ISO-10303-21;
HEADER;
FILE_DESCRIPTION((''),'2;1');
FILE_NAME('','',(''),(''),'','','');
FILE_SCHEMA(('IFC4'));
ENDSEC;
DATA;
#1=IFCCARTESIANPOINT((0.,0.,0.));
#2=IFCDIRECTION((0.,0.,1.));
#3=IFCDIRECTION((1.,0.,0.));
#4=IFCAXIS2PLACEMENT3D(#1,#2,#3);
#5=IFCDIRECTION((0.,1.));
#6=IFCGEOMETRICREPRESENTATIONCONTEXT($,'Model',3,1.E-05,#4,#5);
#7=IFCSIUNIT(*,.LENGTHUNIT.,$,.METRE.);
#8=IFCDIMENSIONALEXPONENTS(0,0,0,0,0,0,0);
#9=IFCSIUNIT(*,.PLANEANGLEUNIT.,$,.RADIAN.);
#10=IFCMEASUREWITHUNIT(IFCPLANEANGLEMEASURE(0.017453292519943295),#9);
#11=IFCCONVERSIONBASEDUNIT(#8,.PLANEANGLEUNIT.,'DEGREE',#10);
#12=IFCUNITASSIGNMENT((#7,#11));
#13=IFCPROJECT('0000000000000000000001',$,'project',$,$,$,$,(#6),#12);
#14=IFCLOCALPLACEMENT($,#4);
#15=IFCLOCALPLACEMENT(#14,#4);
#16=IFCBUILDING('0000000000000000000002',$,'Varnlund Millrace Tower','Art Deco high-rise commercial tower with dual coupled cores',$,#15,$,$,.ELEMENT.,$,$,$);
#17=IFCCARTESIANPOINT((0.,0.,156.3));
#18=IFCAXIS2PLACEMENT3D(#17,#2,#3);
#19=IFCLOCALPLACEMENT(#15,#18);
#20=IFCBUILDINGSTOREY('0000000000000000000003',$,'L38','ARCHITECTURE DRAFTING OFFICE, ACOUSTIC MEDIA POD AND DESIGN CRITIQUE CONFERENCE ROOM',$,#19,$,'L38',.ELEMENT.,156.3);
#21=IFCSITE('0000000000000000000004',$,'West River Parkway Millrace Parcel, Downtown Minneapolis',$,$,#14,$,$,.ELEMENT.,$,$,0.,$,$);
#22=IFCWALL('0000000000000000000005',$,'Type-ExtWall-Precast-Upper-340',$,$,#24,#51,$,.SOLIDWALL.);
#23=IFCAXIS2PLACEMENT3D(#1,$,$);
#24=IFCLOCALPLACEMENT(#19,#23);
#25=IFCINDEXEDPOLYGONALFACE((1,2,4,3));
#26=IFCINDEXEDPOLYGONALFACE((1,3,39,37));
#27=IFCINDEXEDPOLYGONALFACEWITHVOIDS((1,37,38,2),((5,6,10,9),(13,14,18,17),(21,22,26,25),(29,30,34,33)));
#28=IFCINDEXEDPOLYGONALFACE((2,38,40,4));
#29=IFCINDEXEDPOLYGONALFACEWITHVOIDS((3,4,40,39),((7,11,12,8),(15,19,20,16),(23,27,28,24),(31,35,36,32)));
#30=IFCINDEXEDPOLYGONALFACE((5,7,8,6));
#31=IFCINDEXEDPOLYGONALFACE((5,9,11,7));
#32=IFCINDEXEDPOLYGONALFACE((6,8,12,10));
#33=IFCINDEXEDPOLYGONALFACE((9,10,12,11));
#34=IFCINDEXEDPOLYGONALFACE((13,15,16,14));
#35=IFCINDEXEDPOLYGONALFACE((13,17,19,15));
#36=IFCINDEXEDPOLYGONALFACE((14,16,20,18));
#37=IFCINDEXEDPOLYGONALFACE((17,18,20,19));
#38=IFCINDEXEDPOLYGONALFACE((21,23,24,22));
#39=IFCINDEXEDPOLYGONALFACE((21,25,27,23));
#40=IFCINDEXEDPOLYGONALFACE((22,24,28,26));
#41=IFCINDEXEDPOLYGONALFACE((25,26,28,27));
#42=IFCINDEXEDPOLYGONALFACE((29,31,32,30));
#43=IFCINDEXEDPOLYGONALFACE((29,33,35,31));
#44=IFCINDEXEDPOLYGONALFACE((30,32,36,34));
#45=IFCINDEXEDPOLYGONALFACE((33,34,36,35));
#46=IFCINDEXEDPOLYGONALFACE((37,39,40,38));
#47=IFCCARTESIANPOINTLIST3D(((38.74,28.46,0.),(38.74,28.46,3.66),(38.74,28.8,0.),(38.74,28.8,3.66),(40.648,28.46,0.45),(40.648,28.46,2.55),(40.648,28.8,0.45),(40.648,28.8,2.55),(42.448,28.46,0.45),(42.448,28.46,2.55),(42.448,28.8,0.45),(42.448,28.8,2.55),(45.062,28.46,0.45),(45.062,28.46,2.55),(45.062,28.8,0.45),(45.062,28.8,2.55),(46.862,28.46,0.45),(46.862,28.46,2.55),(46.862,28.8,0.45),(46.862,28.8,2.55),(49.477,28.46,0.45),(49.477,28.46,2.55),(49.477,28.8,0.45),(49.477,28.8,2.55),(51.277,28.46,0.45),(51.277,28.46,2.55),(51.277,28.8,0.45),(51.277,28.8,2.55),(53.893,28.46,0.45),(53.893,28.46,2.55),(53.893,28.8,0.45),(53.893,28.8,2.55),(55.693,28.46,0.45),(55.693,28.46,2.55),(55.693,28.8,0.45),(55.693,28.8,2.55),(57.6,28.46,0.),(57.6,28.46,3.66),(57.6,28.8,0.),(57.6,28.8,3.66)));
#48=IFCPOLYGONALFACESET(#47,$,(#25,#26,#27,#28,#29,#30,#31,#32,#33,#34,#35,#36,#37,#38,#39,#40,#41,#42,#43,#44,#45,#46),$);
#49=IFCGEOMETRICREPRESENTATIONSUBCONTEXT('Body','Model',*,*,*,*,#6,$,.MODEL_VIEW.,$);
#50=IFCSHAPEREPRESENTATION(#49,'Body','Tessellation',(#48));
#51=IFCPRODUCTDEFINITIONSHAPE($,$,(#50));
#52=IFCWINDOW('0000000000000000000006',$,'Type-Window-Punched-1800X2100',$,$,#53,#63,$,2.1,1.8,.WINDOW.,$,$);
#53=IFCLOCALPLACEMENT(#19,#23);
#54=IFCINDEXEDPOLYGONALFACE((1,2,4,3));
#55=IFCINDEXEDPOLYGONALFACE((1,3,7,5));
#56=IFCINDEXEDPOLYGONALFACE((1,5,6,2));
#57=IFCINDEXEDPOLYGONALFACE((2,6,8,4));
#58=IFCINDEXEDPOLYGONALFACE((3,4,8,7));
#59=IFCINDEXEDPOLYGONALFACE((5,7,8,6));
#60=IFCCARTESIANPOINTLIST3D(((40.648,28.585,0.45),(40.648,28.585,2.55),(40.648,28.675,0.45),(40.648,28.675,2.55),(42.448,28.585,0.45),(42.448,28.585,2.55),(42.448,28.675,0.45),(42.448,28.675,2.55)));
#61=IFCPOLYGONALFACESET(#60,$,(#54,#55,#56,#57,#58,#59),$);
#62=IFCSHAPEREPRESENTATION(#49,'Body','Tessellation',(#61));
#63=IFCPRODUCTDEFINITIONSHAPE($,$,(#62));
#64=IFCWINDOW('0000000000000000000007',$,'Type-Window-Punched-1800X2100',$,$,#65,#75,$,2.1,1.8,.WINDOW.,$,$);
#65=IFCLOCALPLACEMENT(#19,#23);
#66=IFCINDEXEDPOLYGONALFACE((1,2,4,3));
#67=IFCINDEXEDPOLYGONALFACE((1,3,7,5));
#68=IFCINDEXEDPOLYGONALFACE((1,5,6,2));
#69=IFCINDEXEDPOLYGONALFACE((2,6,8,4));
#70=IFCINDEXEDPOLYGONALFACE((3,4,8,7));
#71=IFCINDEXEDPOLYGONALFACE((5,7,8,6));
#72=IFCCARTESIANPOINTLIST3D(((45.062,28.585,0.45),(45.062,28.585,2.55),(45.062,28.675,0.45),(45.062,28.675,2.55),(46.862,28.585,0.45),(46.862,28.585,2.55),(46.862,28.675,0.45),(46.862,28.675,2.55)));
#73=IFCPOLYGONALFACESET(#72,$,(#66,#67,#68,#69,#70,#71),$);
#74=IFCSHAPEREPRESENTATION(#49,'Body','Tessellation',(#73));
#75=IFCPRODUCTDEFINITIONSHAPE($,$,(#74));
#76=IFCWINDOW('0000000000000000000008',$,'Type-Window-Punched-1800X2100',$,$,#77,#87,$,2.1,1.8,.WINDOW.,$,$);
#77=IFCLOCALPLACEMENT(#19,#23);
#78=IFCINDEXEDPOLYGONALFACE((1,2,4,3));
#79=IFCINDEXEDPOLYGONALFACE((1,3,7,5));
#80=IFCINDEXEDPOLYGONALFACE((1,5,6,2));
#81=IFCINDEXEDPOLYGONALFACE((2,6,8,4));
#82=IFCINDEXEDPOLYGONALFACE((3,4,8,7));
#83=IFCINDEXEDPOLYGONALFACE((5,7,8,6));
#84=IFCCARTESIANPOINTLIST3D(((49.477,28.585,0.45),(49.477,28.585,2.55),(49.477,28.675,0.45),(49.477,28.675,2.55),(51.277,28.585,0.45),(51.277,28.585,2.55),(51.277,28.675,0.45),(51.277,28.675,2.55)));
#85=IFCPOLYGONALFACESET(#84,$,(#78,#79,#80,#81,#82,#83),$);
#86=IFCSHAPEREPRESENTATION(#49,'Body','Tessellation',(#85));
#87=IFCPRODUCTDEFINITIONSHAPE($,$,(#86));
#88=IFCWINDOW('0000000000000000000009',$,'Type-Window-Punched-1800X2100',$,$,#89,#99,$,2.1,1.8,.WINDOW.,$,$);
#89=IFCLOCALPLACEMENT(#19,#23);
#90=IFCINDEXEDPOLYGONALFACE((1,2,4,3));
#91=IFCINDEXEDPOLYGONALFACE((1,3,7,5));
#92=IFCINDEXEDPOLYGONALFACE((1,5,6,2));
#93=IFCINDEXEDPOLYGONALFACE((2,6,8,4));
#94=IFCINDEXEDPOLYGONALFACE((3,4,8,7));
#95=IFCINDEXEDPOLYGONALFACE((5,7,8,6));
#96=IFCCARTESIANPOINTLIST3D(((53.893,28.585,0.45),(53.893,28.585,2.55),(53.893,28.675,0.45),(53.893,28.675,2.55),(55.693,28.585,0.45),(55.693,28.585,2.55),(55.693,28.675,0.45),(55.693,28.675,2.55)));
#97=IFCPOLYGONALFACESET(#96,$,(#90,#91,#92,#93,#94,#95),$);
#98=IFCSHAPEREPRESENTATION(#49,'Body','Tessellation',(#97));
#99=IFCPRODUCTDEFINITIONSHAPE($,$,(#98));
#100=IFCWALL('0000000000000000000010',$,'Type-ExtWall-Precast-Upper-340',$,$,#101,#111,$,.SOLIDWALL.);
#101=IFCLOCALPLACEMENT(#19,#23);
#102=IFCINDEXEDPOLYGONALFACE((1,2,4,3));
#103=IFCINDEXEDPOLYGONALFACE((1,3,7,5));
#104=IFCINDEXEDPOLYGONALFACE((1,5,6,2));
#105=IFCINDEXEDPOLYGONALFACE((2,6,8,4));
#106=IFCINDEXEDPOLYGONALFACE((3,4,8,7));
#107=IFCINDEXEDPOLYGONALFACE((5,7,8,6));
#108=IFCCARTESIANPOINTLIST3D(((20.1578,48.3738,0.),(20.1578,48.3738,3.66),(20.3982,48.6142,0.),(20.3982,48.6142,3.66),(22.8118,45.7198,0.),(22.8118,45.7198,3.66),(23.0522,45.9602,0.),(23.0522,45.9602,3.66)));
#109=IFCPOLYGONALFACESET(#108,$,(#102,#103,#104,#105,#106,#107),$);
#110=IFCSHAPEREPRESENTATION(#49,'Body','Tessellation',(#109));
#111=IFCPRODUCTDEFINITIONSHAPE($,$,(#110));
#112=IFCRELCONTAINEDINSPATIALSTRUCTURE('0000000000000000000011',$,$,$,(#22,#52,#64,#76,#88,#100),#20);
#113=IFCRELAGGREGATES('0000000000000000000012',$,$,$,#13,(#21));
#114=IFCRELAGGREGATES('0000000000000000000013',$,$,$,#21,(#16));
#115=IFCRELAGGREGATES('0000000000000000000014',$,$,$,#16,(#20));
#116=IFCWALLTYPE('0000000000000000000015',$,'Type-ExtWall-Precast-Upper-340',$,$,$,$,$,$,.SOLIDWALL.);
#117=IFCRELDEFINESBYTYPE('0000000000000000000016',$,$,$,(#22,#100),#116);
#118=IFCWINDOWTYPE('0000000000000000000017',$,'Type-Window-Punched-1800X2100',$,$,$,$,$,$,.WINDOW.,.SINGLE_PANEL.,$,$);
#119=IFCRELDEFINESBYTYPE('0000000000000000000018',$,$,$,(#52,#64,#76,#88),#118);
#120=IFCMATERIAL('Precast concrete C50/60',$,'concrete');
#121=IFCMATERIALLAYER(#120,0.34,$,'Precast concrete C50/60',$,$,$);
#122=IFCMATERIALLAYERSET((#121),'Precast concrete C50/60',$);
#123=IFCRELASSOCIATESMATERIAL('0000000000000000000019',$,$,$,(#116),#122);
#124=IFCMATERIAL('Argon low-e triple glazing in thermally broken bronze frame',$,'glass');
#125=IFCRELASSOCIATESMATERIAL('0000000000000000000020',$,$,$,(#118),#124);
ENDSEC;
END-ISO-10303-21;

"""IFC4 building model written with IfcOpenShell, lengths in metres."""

from ifc_helpers import new_model, entity, si_unit, converted_unit, direction, frame, origin_with_axes, origin_2d_with_axis, place, context, subcontext, project, spatial, polyline, rectangle, outline, extrude, material, layer, layer_set, type_object, element, fill, save


model = new_model("IFC4")

# Units and contexts
model_context = context("Model", 3, precision=1e-05, world=origin_with_axes(), true_north=direction((0.0, 1.0)))
body_context = subcontext(model_context, "Body", "Model", "MODEL_VIEW")
ifc_project = project(units=[si_unit("LENGTHUNIT", "METRE"), converted_unit("PLANEANGLEUNIT", "DEGREE", entity("IfcPlaneAngleMeasure", 0.017453292519943295), si_unit("PLANEANGLEUNIT", "RADIAN"), dimensions=[0, 0, 0, 0, 0, 0, 0])], contexts=[model_context])

# Site, building, storey
site_placement = place(None, origin_with_axes())
site = spatial("IfcSite", under=ifc_project, at=site_placement, Name="West River Parkway Millrace Parcel, Downtown Minneapolis", CompositionType="ELEMENT", RefElevation=0.0)
building_placement = place(site_placement, origin_with_axes())
building = spatial("IfcBuilding", under=site, at=building_placement, Name="Varnlund Millrace Tower", Description="Art Deco high-rise commercial tower with dual coupled cores", CompositionType="ELEMENT")
storey_placement = place(building_placement, frame((0.0, 0.0, 156.3), z_axis=(0.0, 0.0, 1.0), x_axis=(1.0, 0.0, 0.0)))
storey = spatial("IfcBuildingStorey", under=building, at=storey_placement, Name="L38", Description="ARCHITECTURE DRAFTING OFFICE, ACOUSTIC MEDIA POD AND DESIGN CRITIQUE CONFERENCE ROOM", LongName="L38", CompositionType="ELEMENT", Elevation=156.3)

# Wall, openings, windows
ifc_material_1 = material(Name="Precast concrete C50/60", Category="concrete")
ifc_layer_1 = layer(ifc_material_1, 0.34, Name="Precast concrete C50/60")
ifc_layer_set_1 = layer_set([ifc_layer_1], Name="Precast concrete C50/60")
wall_type_1 = type_object("IfcWallType", Name="Type-ExtWall-Precast-Upper-340", PredefinedType="SOLIDWALL", material=ifc_layer_set_1)
wall_1_placement = place(storey_placement, frame((38.74, 28.63, 0.0), z_axis=(0.0, 0.0, 1.0), x_axis=(1.0, 0.0, 0.0)))
wall_1 = element("IfcWall", 1, at=wall_1_placement, inside=storey, type_object=wall_type_1, Name="Type-ExtWall-Precast-Upper-340", PredefinedType="SOLIDWALL", context=body_context, shape_type="SweptSolid", body=[
    extrude(outline(polyline([(0.0, -0.17), (18.86, -0.17), (18.86, 0.17), (0.0, 0.17), (0.0, -0.17)])), origin_with_axes(), (0.0, 0.0, 1.0), 3.66),
])
opening_1_placement = place(wall_1_placement, frame((2.808, 0.0, 0.45), z_axis=(0.0, 0.0, 1.0), x_axis=(1.0, 0.0, 0.0)))
opening_1 = element("IfcOpeningElement", 2, at=opening_1_placement, cuts=wall_1, PredefinedType="OPENING", context=body_context, shape_type="SweptSolid", body=[
    extrude(rectangle(XDim=1.8, YDim=0.36, at=origin_2d_with_axis()), origin_with_axes(), (0.0, 0.0, 1.0), 2.1),
])
opening_2_placement = place(wall_1_placement, frame((7.222, 0.0, 0.45), z_axis=(0.0, 0.0, 1.0), x_axis=(1.0, 0.0, 0.0)))
opening_2 = element("IfcOpeningElement", 3, at=opening_2_placement, cuts=wall_1, PredefinedType="OPENING", context=body_context, shape_type="SweptSolid", body=[
    extrude(rectangle(XDim=1.8, YDim=0.36, at=origin_2d_with_axis()), origin_with_axes(), (0.0, 0.0, 1.0), 2.1),
])
opening_3_placement = place(wall_1_placement, frame((11.637, 0.0, 0.45), z_axis=(0.0, 0.0, 1.0), x_axis=(1.0, 0.0, 0.0)))
opening_3 = element("IfcOpeningElement", 4, at=opening_3_placement, cuts=wall_1, PredefinedType="OPENING", context=body_context, shape_type="SweptSolid", body=[
    extrude(rectangle(XDim=1.8, YDim=0.36, at=origin_2d_with_axis()), origin_with_axes(), (0.0, 0.0, 1.0), 2.1),
])
opening_4_placement = place(wall_1_placement, frame((16.053, 0.0, 0.45), z_axis=(0.0, 0.0, 1.0), x_axis=(1.0, 0.0, 0.0)))
opening_4 = element("IfcOpeningElement", 5, at=opening_4_placement, cuts=wall_1, PredefinedType="OPENING", context=body_context, shape_type="SweptSolid", body=[
    extrude(rectangle(XDim=1.8, YDim=0.36, at=origin_2d_with_axis()), origin_with_axes(), (0.0, 0.0, 1.0), 2.1),
])
ifc_material_2 = material(Name="Argon low-e triple glazing in thermally broken bronze frame", Category="glass")
window_type_1 = type_object("IfcWindowType", Name="Type-Window-Punched-1800X2100", PartitioningType="SINGLE_PANEL", PredefinedType="WINDOW", material=ifc_material_2)
window_1_placement = place(wall_1_placement, frame((2.808, 0.0, 0.45), z_axis=(0.0, 0.0, 1.0), x_axis=(1.0, 0.0, 0.0)))
window_1 = element("IfcWindow", 6, at=window_1_placement, inside=storey, type_object=window_type_1, Name="Type-Window-Punched-1800X2100", OverallHeight=2.1, OverallWidth=1.8, PredefinedType="WINDOW", context=body_context, shape_type="SweptSolid", body=[
    extrude(rectangle(XDim=1.8, YDim=0.09, at=origin_2d_with_axis()), origin_with_axes(), (0.0, 0.0, 1.0), 2.1),
])
fill(opening_1, window_1)
window_2_placement = place(wall_1_placement, frame((7.222, 0.0, 0.45), z_axis=(0.0, 0.0, 1.0), x_axis=(1.0, 0.0, 0.0)))
window_2 = element("IfcWindow", 7, at=window_2_placement, inside=storey, type_object=window_type_1, Name="Type-Window-Punched-1800X2100", OverallHeight=2.1, OverallWidth=1.8, PredefinedType="WINDOW", context=body_context, shape_type="SweptSolid", body=[
    extrude(rectangle(XDim=1.8, YDim=0.09, at=origin_2d_with_axis()), origin_with_axes(), (0.0, 0.0, 1.0), 2.1),
])
fill(opening_2, window_2)
window_3_placement = place(wall_1_placement, frame((11.637, 0.0, 0.45), z_axis=(0.0, 0.0, 1.0), x_axis=(1.0, 0.0, 0.0)))
window_3 = element("IfcWindow", 8, at=window_3_placement, inside=storey, type_object=window_type_1, Name="Type-Window-Punched-1800X2100", OverallHeight=2.1, OverallWidth=1.8, PredefinedType="WINDOW", context=body_context, shape_type="SweptSolid", body=[
    extrude(rectangle(XDim=1.8, YDim=0.09, at=origin_2d_with_axis()), origin_with_axes(), (0.0, 0.0, 1.0), 2.1),
])
fill(opening_3, window_3)
window_4_placement = place(wall_1_placement, frame((16.053, 0.0, 0.45), z_axis=(0.0, 0.0, 1.0), x_axis=(1.0, 0.0, 0.0)))
window_4 = element("IfcWindow", 9, at=window_4_placement, inside=storey, type_object=window_type_1, Name="Type-Window-Punched-1800X2100", OverallHeight=2.1, OverallWidth=1.8, PredefinedType="WINDOW", context=body_context, shape_type="SweptSolid", body=[
    extrude(rectangle(XDim=1.8, YDim=0.09, at=origin_2d_with_axis()), origin_with_axes(), (0.0, 0.0, 1.0), 2.1),
])
fill(opening_4, window_4)

# Wall
wall_2_placement = place(storey_placement, frame((20.278, 48.494, 0.0), z_axis=(0.0, 0.0, 1.0), x_axis=(0.707107, -0.707107, 0.0)))
element("IfcWall", 10, at=wall_2_placement, inside=storey, type_object=wall_type_1, Name="Type-ExtWall-Precast-Upper-340", PredefinedType="SOLIDWALL", context=body_context, shape_type="SweptSolid", body=[
    extrude(outline(polyline([(0.0, -0.17), (3.7533, -0.17), (3.7533, 0.17), (0.0, 0.17), (0.0, -0.17)])), origin_with_axes(), (0.0, 0.0, 1.0), 3.66),
])

save(model, "model.ifc")
